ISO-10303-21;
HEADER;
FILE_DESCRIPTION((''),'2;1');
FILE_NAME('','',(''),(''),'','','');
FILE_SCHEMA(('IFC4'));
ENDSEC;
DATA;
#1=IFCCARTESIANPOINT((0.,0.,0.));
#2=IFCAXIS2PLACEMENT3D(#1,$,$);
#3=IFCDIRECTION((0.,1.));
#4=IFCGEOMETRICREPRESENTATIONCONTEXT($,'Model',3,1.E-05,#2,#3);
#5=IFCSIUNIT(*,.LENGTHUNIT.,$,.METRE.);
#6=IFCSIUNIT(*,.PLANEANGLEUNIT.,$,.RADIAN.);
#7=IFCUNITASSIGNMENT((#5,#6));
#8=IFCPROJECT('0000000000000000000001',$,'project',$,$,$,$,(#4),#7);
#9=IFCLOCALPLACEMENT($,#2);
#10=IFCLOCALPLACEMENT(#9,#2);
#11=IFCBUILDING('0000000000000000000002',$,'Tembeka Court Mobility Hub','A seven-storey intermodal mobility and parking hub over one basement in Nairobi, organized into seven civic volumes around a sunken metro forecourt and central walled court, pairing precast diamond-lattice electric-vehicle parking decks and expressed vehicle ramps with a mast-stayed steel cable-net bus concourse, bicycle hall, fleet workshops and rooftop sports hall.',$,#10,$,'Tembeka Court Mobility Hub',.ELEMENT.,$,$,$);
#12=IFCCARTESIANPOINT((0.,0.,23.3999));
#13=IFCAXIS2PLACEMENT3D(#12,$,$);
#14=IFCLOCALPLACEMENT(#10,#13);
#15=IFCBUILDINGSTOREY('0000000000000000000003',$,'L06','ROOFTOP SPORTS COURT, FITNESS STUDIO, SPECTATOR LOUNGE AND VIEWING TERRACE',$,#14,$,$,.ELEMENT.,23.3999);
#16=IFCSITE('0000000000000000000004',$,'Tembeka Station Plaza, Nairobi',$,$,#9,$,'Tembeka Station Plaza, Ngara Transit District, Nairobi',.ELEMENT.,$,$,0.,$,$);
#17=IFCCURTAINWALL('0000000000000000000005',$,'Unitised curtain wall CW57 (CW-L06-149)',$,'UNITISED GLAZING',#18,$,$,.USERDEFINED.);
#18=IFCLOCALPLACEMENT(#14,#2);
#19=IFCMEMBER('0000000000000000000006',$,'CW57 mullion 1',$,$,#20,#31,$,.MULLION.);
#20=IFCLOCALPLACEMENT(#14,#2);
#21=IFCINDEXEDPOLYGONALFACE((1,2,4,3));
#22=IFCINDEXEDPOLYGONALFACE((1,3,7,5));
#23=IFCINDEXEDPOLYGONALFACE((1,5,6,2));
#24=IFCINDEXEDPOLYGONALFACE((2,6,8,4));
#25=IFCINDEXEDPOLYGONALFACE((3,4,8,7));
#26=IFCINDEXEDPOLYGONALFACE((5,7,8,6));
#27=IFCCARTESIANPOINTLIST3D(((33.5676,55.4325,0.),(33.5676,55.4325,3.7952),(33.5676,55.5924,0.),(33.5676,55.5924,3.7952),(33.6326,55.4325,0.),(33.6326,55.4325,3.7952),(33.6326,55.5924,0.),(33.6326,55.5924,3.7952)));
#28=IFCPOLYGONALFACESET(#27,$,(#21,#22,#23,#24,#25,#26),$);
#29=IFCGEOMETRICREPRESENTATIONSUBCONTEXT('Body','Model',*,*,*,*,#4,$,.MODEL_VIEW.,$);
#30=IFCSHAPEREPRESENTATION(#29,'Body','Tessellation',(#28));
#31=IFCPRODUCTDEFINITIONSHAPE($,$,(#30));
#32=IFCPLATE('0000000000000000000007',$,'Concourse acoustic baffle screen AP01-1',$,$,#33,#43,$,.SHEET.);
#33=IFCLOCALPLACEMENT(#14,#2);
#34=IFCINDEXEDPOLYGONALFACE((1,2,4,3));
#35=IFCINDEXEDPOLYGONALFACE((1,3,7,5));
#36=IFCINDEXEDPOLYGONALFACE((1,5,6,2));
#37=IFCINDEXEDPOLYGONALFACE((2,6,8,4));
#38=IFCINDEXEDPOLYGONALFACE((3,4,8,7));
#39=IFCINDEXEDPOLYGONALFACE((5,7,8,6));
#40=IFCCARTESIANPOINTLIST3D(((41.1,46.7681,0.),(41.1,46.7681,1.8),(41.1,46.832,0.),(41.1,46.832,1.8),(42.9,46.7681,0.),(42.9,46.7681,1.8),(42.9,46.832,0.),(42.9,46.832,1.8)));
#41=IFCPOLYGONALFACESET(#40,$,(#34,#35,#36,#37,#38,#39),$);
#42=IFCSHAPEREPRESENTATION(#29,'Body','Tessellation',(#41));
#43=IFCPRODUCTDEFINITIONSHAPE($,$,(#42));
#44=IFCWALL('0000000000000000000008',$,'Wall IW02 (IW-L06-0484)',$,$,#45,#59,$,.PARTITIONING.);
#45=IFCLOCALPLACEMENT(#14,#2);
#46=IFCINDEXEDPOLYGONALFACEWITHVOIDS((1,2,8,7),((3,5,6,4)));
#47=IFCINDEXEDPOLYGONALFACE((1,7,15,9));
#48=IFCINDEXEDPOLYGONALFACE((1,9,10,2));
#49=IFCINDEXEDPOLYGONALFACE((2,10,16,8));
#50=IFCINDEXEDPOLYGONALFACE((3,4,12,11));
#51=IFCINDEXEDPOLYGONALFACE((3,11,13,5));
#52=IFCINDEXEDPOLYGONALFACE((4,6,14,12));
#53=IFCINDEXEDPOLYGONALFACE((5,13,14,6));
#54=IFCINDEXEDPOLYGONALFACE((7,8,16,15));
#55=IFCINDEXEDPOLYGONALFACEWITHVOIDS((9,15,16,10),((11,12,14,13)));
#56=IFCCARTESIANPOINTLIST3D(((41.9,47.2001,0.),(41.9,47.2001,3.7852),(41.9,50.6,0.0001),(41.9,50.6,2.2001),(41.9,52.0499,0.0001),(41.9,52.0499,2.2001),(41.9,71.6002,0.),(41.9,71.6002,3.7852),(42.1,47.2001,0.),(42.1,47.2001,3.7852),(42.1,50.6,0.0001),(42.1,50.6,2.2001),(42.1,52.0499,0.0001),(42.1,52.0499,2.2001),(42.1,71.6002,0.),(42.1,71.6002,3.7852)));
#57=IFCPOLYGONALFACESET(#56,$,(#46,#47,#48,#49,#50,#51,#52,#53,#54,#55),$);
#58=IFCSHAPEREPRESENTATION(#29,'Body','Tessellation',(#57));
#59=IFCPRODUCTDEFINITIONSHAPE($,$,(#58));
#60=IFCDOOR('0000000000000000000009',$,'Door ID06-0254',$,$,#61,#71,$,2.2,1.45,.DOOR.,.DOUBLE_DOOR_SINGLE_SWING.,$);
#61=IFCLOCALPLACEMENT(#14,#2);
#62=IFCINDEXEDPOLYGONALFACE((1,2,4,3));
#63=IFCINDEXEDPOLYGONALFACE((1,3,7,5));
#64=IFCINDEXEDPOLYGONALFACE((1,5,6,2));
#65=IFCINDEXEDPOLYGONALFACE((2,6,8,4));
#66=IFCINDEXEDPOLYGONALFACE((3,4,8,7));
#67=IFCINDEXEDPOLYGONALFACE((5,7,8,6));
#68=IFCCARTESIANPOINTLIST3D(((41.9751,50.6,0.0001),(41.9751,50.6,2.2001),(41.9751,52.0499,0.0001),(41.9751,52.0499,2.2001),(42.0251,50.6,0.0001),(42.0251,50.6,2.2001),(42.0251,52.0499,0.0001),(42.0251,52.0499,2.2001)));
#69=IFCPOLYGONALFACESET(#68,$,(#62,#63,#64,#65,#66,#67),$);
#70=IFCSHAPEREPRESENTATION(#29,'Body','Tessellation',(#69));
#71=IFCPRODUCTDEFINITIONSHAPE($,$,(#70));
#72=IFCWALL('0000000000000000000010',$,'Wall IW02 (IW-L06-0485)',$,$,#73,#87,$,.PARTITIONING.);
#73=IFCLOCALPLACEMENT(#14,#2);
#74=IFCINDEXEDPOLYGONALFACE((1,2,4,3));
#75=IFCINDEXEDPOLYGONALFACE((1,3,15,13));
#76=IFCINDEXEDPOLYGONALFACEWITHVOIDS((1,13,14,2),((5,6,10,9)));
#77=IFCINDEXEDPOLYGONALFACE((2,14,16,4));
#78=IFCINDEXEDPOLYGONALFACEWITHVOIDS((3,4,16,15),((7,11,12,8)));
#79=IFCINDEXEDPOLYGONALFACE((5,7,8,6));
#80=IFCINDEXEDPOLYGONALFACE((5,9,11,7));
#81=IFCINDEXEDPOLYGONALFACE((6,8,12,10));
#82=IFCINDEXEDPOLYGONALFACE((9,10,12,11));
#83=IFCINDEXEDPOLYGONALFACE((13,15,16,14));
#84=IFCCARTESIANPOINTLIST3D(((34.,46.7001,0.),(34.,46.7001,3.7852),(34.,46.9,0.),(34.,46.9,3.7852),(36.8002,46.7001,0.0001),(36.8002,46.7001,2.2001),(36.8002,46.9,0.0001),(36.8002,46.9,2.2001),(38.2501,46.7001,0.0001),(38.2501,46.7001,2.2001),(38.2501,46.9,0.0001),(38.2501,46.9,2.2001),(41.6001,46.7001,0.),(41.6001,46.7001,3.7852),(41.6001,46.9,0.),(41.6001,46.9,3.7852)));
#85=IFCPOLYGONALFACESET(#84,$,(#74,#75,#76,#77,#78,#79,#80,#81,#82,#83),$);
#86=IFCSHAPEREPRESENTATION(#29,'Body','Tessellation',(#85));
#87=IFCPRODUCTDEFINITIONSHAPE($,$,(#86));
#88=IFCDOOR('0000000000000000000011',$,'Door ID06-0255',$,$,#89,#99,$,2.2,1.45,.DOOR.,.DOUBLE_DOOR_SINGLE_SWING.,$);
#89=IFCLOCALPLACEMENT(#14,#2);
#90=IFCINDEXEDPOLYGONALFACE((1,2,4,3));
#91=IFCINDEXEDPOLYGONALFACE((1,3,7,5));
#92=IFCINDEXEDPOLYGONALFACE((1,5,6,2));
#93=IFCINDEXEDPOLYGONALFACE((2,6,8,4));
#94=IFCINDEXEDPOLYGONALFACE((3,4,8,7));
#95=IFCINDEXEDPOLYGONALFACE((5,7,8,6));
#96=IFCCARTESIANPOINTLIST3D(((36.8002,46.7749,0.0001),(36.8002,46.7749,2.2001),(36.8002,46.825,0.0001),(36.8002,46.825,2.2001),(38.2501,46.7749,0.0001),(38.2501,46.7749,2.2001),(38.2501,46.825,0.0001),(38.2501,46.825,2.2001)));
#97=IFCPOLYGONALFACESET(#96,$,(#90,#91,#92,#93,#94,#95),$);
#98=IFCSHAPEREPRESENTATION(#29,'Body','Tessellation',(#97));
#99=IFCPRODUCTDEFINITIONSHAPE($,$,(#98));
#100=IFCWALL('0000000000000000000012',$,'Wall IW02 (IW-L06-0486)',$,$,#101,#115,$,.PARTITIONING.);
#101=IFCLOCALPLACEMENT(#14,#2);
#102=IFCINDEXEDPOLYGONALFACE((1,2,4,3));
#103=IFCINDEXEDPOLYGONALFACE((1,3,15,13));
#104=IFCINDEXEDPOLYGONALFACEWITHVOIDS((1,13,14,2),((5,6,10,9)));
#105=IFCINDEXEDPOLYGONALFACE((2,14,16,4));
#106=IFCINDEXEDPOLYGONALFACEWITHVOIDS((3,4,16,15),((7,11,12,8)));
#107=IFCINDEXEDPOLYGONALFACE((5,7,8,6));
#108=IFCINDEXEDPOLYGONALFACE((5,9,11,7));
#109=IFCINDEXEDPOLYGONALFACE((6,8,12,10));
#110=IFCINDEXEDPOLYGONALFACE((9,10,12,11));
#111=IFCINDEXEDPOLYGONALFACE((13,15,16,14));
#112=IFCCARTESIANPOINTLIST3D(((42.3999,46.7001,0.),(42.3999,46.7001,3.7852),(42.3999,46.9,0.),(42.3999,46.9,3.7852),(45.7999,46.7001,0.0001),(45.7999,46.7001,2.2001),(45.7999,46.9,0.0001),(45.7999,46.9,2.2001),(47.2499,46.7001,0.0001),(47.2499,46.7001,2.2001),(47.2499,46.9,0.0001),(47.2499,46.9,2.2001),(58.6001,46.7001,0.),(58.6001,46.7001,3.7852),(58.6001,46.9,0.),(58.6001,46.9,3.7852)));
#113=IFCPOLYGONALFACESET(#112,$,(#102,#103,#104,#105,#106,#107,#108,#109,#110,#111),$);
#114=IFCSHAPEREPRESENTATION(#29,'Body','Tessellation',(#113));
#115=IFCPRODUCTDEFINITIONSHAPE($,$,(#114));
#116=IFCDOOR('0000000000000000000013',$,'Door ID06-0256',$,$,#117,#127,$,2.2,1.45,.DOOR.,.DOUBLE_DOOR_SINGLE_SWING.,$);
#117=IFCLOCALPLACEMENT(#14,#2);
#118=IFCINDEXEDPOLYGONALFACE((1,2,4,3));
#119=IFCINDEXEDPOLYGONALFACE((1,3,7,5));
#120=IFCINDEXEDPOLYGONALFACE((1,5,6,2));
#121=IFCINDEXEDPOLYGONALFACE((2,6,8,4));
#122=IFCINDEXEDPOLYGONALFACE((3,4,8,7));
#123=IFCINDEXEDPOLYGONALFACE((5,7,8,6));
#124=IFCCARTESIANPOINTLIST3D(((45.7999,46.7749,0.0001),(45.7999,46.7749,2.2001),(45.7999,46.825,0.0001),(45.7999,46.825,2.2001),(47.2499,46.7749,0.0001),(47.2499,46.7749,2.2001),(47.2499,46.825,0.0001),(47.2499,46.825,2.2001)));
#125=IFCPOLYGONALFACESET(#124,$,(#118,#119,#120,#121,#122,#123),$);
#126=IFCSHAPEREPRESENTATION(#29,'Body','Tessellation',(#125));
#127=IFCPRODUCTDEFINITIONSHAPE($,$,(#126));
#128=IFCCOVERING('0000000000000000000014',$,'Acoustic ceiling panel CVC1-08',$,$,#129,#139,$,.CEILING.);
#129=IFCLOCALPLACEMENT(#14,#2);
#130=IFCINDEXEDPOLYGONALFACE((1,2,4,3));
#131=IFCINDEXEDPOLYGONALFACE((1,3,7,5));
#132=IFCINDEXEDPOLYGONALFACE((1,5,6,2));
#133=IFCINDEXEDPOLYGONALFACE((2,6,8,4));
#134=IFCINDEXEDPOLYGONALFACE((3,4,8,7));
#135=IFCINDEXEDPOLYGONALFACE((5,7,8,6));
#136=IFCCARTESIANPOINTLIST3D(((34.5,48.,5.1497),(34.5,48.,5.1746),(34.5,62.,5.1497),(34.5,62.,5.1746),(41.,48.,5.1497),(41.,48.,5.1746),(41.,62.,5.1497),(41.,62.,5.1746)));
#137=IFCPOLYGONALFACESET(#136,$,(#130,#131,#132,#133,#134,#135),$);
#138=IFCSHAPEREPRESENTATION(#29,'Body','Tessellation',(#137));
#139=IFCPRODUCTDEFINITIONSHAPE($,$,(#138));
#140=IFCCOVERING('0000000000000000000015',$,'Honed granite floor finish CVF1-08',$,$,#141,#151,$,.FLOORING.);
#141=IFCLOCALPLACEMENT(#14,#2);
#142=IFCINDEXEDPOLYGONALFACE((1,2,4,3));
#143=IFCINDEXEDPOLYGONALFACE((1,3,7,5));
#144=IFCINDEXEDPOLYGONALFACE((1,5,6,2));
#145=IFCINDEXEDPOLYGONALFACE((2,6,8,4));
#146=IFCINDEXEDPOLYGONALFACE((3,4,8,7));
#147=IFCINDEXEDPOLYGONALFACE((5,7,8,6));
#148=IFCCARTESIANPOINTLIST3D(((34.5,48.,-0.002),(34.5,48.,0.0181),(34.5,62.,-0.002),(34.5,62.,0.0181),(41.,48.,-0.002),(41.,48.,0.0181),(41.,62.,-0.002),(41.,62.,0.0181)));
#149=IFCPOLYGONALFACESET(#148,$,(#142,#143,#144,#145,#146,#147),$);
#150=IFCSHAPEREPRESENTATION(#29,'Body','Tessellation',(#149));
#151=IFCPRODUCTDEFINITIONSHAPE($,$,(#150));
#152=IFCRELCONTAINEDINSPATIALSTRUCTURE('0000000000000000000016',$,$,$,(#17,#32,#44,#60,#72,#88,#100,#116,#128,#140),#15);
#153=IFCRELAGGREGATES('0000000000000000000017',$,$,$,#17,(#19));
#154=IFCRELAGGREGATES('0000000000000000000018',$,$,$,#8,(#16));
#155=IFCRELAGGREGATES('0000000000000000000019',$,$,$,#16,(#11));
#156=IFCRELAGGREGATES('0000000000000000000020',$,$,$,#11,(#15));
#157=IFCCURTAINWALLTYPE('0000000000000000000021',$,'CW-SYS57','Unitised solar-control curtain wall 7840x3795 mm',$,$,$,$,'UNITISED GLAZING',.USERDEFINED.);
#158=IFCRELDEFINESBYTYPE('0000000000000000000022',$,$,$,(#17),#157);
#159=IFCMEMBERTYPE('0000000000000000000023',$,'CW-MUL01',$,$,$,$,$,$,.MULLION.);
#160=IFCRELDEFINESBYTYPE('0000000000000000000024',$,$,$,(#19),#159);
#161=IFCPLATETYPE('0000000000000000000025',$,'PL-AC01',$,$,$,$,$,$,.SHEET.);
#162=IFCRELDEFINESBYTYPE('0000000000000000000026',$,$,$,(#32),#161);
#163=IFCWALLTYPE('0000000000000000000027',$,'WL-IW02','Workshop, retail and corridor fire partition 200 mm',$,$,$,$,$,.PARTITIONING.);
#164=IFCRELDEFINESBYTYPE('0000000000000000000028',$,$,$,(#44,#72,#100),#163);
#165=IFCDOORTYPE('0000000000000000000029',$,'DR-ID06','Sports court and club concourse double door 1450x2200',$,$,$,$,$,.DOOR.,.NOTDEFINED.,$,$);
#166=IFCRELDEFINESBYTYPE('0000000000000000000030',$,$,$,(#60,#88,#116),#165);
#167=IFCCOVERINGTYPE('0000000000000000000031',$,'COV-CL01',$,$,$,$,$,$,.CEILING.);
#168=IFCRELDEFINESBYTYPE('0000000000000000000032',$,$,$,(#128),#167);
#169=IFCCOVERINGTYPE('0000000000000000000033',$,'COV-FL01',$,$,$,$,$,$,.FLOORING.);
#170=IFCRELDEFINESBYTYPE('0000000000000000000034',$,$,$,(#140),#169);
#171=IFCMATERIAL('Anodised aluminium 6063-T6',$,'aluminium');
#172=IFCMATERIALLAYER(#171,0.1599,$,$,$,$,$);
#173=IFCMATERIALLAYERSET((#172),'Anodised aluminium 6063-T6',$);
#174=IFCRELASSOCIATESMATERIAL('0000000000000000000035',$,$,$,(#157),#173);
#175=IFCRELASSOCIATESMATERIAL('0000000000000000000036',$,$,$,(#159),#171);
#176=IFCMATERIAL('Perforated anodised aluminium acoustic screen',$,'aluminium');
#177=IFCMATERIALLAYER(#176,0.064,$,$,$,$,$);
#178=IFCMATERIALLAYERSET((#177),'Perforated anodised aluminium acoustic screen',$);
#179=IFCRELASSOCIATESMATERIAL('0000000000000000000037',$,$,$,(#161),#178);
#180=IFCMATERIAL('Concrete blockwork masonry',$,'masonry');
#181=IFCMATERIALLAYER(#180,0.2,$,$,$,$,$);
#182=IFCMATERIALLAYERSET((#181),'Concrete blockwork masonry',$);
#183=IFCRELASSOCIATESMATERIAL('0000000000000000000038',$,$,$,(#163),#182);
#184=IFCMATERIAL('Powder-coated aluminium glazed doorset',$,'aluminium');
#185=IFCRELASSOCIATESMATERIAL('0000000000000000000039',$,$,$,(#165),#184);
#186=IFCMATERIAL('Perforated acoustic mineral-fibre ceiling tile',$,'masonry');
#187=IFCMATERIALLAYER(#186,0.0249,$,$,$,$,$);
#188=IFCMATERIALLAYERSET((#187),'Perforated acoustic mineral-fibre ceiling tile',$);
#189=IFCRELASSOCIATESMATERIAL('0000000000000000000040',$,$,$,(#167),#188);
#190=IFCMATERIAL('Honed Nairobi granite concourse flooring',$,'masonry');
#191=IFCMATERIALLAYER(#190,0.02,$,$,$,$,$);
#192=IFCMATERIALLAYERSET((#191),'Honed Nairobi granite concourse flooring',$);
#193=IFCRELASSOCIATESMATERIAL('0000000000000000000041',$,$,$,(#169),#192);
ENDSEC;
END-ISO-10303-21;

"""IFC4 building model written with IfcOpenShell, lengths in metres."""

from ifc_helpers import new_model, si_unit, direction, frame, frame_2d, origin, origin_2d, place, context, subcontext, project, spatial, rectangle, extrude, material, layer, layer_set, material_profile, profile_set, type_object, element, fill, aggregate, save


model = new_model("IFC4")

# Units and contexts
model_context = context("Model", 3, precision=1e-05, world=origin(), true_north=direction((0.0, 1.0)))
body_context = subcontext(model_context, "Body", "Model", "MODEL_VIEW")
ifc_project = project(units=[si_unit("LENGTHUNIT", "METRE"), si_unit("PLANEANGLEUNIT", "RADIAN")], contexts=[model_context])

# Site, building, storey
site_placement = place(None, origin())
site = spatial("IfcSite", under=ifc_project, at=site_placement, Name="Tembeka Station Plaza, Nairobi", LongName="Tembeka Station Plaza, Ngara Transit District, Nairobi", CompositionType="ELEMENT", RefElevation=0.0)
building_placement = place(site_placement, origin())
building = spatial("IfcBuilding", under=site, at=building_placement, Name="Tembeka Court Mobility Hub", Description="A seven-storey intermodal mobility and parking hub over one basement in Nairobi, organized into seven civic volumes around a sunken metro forecourt and central walled court, pairing precast diamond-lattice electric-vehicle parking decks and expressed vehicle ramps with a mast-stayed steel cable-net bus concourse, bicycle hall, fleet workshops and rooftop sports hall.", LongName="Tembeka Court Mobility Hub", CompositionType="ELEMENT")
storey_placement = place(building_placement, frame((0.0, 0.0, 23.3999)))
storey = spatial("IfcBuildingStorey", under=building, at=storey_placement, Name="L06", Description="ROOFTOP SPORTS COURT, FITNESS STUDIO, SPECTATOR LOUNGE AND VIEWING TERRACE", CompositionType="ELEMENT", Elevation=23.3999)

# Curtain wall, member
ifc_material_1 = material(Name="Anodised aluminium 6063-T6", Category="aluminium")
ifc_layer_1 = layer(ifc_material_1, 0.1599)
ifc_layer_set_1 = layer_set([ifc_layer_1], Name="Anodised aluminium 6063-T6")
curtain_wall_type = type_object("IfcCurtainWallType", Name="CW-SYS57", Description="Unitised solar-control curtain wall 7840x3795 mm", ElementType="UNITISED GLAZING", PredefinedType="USERDEFINED", material=ifc_layer_set_1)
curtain_wall_placement = place(storey_placement, origin())
curtain_wall = element("IfcCurtainWall", 1, at=curtain_wall_placement, inside=storey, type_object=curtain_wall_type, Name="Unitised curtain wall CW57 (CW-L06-149)", ObjectType="UNITISED GLAZING", PredefinedType="USERDEFINED")
ifc_material_profile_1 = material_profile(ifc_material_1, rectangle(XDim=0.0649, YDim=0.1599, at=origin_2d()), Name="ALU-MUL 65x160")
ifc_profile_set_1 = profile_set([ifc_material_profile_1], Name="Anodised aluminium 6063-T6")
member_type = type_object("IfcMemberType", Name="CW-MUL01", PredefinedType="MULLION", material=ifc_profile_set_1)
member_placement = place(storey_placement, frame((33.6001, 55.5125, 0.0), z_axis=(0.0, 0.0, 1.0), x_axis=(-1.0, 0.0, 0.0)))
member = element("IfcMember", 2, at=member_placement, type_object=member_type, Name="CW57 mullion 1", PredefinedType="MULLION", context=body_context, shape_type="SweptSolid", body=[
    extrude(rectangle(XDim=0.0649, YDim=0.1599, at=origin_2d()), origin(), (0.0, 0.0, 1.0), 3.7952),
])
aggregate(curtain_wall, [member])

# Plate
ifc_material_2 = material(Name="Perforated anodised aluminium acoustic screen", Category="aluminium")
ifc_layer_2 = layer(ifc_material_2, 0.064)
ifc_layer_set_2 = layer_set([ifc_layer_2], Name="Perforated anodised aluminium acoustic screen")
plate_type = type_object("IfcPlateType", Name="PL-AC01", PredefinedType="SHEET", material=ifc_layer_set_2)
plate_placement = place(storey_placement, frame((42.0, 46.8, 0.0), z_axis=(0.0, 0.0, 1.0), x_axis=(1.0, 0.0, 0.0)))
element("IfcPlate", 3, at=plate_placement, inside=storey, type_object=plate_type, Name="Concourse acoustic baffle screen AP01-1", PredefinedType="SHEET", context=body_context, shape_type="SweptSolid", body=[
    extrude(rectangle(XDim=1.8, YDim=0.064, at=origin_2d()), origin(), (0.0, 0.0, 1.0), 1.8),
])

# Walls, openings, doors
ifc_material_3 = material(Name="Concrete blockwork masonry", Category="masonry")
ifc_layer_3 = layer(ifc_material_3, 0.2)
ifc_layer_set_3 = layer_set([ifc_layer_3], Name="Concrete blockwork masonry")
wall_type = type_object("IfcWallType", Name="WL-IW02", Description="Workshop, retail and corridor fire partition 200 mm", PredefinedType="PARTITIONING", material=ifc_layer_set_3)
wall_1_placement = place(storey_placement, frame((42.0, 47.2, 0.0), z_axis=(0.0, 0.0, 1.0), x_axis=(0.0, 1.0, 0.0)))
wall_1 = element("IfcWall", 4, at=wall_1_placement, inside=storey, type_object=wall_type, Name="Wall IW02 (IW-L06-0484)", PredefinedType="PARTITIONING", context=body_context, shape_type="SweptSolid", body=[
    extrude(rectangle(XDim=24.4001, YDim=0.2, at=frame_2d((12.2002, 0.0))), origin(), (0.0, 0.0, 1.0), 3.7852),
])
opening_1_placement = place(wall_1_placement, frame((3.3999, 0.0, 0.0)))
opening_1 = element("IfcOpeningElement", 5, at=opening_1_placement, cuts=wall_1, PredefinedType="OPENING", context=body_context, shape_type="SweptSolid", body=[
    extrude(rectangle(XDim=1.45, YDim=2.2, at=frame_2d((0.7251, 1.1001))), frame((0.0, 0.1099, 0.0), z_axis=(0.0, -1.0, 0.0), x_axis=(1.0, 0.0, 0.0)), (0.0, 0.0, 1.0), 0.22),
])
ifc_material_4 = material(Name="Powder-coated aluminium glazed doorset", Category="aluminium")
door_type = type_object("IfcDoorType", Name="DR-ID06", Description="Sports court and club concourse double door 1450x2200", OperationType="NOTDEFINED", PredefinedType="DOOR", material=ifc_material_4)
door_1_placement = place(opening_1_placement, origin())
door_1 = element("IfcDoor", 6, at=door_1_placement, inside=storey, type_object=door_type, Name="Door ID06-0254", OperationType="DOUBLE_DOOR_SINGLE_SWING", OverallHeight=2.2, OverallWidth=1.45, PredefinedType="DOOR", context=body_context, shape_type="SweptSolid", body=[
    extrude(rectangle(XDim=1.45, YDim=2.2, at=frame_2d((0.7251, 1.1001))), frame((0.0, 0.0249, 0.0), z_axis=(0.0, -1.0, 0.0), x_axis=(1.0, 0.0, 0.0)), (0.0, 0.0, 1.0), 0.05),
])
fill(opening_1, door_1)
wall_2_placement = place(storey_placement, frame((34.0, 46.8, 0.0), z_axis=(0.0, 0.0, 1.0), x_axis=(1.0, 0.0, 0.0)))
wall_2 = element("IfcWall", 7, at=wall_2_placement, inside=storey, type_object=wall_type, Name="Wall IW02 (IW-L06-0485)", PredefinedType="PARTITIONING", context=body_context, shape_type="SweptSolid", body=[
    extrude(rectangle(XDim=7.6001, YDim=0.2, at=frame_2d((3.8, 0.0))), origin(), (0.0, 0.0, 1.0), 3.7852),
])
opening_2_placement = place(wall_2_placement, frame((2.8, 0.0, 0.0)))
opening_2 = element("IfcOpeningElement", 8, at=opening_2_placement, cuts=wall_2, PredefinedType="OPENING", context=body_context, shape_type="SweptSolid", body=[
    extrude(rectangle(XDim=1.45, YDim=2.2, at=frame_2d((0.7251, 1.1001))), frame((0.0, 0.1099, 0.0), z_axis=(0.0, -1.0, 0.0), x_axis=(1.0, 0.0, 0.0)), (0.0, 0.0, 1.0), 0.22),
])
door_2_placement = place(opening_2_placement, origin())
door_2 = element("IfcDoor", 9, at=door_2_placement, inside=storey, type_object=door_type, Name="Door ID06-0255", OperationType="DOUBLE_DOOR_SINGLE_SWING", OverallHeight=2.2, OverallWidth=1.45, PredefinedType="DOOR", context=body_context, shape_type="SweptSolid", body=[
    extrude(rectangle(XDim=1.45, YDim=2.2, at=frame_2d((0.7251, 1.1001))), frame((0.0, 0.0249, 0.0), z_axis=(0.0, -1.0, 0.0), x_axis=(1.0, 0.0, 0.0)), (0.0, 0.0, 1.0), 0.05),
])
fill(opening_2, door_2)
wall_3_placement = place(storey_placement, frame((42.3999, 46.8, 0.0), z_axis=(0.0, 0.0, 1.0), x_axis=(1.0, 0.0, 0.0)))
wall_3 = element("IfcWall", 10, at=wall_3_placement, inside=storey, type_object=wall_type, Name="Wall IW02 (IW-L06-0486)", PredefinedType="PARTITIONING", context=body_context, shape_type="SweptSolid", body=[
    extrude(rectangle(XDim=16.2002, YDim=0.2, at=frame_2d((8.1001, 0.0))), origin(), (0.0, 0.0, 1.0), 3.7852),
])
opening_3_placement = place(wall_3_placement, frame((3.3999, 0.0, 0.0)))
opening_3 = element("IfcOpeningElement", 11, at=opening_3_placement, cuts=wall_3, PredefinedType="OPENING", context=body_context, shape_type="SweptSolid", body=[
    extrude(rectangle(XDim=1.45, YDim=2.2, at=frame_2d((0.7251, 1.1001))), frame((0.0, 0.1099, 0.0), z_axis=(0.0, -1.0, 0.0), x_axis=(1.0, 0.0, 0.0)), (0.0, 0.0, 1.0), 0.22),
])
door_3_placement = place(opening_3_placement, origin())
door_3 = element("IfcDoor", 12, at=door_3_placement, inside=storey, type_object=door_type, Name="Door ID06-0256", OperationType="DOUBLE_DOOR_SINGLE_SWING", OverallHeight=2.2, OverallWidth=1.45, PredefinedType="DOOR", context=body_context, shape_type="SweptSolid", body=[
    extrude(rectangle(XDim=1.45, YDim=2.2, at=frame_2d((0.7251, 1.1001))), frame((0.0, 0.0249, 0.0), z_axis=(0.0, -1.0, 0.0), x_axis=(1.0, 0.0, 0.0)), (0.0, 0.0, 1.0), 0.05),
])
fill(opening_3, door_3)

# Coverings
ifc_material_5 = material(Name="Perforated acoustic mineral-fibre ceiling tile", Category="masonry")
ifc_layer_4 = layer(ifc_material_5, 0.0249)
ifc_layer_set_4 = layer_set([ifc_layer_4], Name="Perforated acoustic mineral-fibre ceiling tile")
covering_type_1 = type_object("IfcCoveringType", Name="COV-CL01", PredefinedType="CEILING", material=ifc_layer_set_4)
covering_1_placement = place(storey_placement, frame((37.75, 55.0, 5.1497), z_axis=(0.0, 0.0, 1.0), x_axis=(1.0, 0.0, 0.0)))
element("IfcCovering", 13, at=covering_1_placement, inside=storey, type_object=covering_type_1, Name="Acoustic ceiling panel CVC1-08", PredefinedType="CEILING", context=body_context, shape_type="SweptSolid", body=[
    extrude(rectangle(XDim=6.5, YDim=14.0, at=origin_2d()), origin(), (0.0, 0.0, 1.0), 0.0249),
])
ifc_material_6 = material(Name="Honed Nairobi granite concourse flooring", Category="masonry")
ifc_layer_5 = layer(ifc_material_6, 0.02)
ifc_layer_set_5 = layer_set([ifc_layer_5], Name="Honed Nairobi granite concourse flooring")
covering_type_2 = type_object("IfcCoveringType", Name="COV-FL01", PredefinedType="FLOORING", material=ifc_layer_set_5)
covering_2_placement = place(storey_placement, frame((37.75, 55.0, -0.002), z_axis=(0.0, 0.0, 1.0), x_axis=(1.0, 0.0, 0.0)))
element("IfcCovering", 14, at=covering_2_placement, inside=storey, type_object=covering_type_2, Name="Honed granite floor finish CVF1-08", PredefinedType="FLOORING", context=body_context, shape_type="SweptSolid", body=[
    extrude(rectangle(XDim=6.5, YDim=14.0, at=origin_2d()), origin(), (0.0, 0.0, 1.0), 0.02),
])

save(model, "model.ifc")
